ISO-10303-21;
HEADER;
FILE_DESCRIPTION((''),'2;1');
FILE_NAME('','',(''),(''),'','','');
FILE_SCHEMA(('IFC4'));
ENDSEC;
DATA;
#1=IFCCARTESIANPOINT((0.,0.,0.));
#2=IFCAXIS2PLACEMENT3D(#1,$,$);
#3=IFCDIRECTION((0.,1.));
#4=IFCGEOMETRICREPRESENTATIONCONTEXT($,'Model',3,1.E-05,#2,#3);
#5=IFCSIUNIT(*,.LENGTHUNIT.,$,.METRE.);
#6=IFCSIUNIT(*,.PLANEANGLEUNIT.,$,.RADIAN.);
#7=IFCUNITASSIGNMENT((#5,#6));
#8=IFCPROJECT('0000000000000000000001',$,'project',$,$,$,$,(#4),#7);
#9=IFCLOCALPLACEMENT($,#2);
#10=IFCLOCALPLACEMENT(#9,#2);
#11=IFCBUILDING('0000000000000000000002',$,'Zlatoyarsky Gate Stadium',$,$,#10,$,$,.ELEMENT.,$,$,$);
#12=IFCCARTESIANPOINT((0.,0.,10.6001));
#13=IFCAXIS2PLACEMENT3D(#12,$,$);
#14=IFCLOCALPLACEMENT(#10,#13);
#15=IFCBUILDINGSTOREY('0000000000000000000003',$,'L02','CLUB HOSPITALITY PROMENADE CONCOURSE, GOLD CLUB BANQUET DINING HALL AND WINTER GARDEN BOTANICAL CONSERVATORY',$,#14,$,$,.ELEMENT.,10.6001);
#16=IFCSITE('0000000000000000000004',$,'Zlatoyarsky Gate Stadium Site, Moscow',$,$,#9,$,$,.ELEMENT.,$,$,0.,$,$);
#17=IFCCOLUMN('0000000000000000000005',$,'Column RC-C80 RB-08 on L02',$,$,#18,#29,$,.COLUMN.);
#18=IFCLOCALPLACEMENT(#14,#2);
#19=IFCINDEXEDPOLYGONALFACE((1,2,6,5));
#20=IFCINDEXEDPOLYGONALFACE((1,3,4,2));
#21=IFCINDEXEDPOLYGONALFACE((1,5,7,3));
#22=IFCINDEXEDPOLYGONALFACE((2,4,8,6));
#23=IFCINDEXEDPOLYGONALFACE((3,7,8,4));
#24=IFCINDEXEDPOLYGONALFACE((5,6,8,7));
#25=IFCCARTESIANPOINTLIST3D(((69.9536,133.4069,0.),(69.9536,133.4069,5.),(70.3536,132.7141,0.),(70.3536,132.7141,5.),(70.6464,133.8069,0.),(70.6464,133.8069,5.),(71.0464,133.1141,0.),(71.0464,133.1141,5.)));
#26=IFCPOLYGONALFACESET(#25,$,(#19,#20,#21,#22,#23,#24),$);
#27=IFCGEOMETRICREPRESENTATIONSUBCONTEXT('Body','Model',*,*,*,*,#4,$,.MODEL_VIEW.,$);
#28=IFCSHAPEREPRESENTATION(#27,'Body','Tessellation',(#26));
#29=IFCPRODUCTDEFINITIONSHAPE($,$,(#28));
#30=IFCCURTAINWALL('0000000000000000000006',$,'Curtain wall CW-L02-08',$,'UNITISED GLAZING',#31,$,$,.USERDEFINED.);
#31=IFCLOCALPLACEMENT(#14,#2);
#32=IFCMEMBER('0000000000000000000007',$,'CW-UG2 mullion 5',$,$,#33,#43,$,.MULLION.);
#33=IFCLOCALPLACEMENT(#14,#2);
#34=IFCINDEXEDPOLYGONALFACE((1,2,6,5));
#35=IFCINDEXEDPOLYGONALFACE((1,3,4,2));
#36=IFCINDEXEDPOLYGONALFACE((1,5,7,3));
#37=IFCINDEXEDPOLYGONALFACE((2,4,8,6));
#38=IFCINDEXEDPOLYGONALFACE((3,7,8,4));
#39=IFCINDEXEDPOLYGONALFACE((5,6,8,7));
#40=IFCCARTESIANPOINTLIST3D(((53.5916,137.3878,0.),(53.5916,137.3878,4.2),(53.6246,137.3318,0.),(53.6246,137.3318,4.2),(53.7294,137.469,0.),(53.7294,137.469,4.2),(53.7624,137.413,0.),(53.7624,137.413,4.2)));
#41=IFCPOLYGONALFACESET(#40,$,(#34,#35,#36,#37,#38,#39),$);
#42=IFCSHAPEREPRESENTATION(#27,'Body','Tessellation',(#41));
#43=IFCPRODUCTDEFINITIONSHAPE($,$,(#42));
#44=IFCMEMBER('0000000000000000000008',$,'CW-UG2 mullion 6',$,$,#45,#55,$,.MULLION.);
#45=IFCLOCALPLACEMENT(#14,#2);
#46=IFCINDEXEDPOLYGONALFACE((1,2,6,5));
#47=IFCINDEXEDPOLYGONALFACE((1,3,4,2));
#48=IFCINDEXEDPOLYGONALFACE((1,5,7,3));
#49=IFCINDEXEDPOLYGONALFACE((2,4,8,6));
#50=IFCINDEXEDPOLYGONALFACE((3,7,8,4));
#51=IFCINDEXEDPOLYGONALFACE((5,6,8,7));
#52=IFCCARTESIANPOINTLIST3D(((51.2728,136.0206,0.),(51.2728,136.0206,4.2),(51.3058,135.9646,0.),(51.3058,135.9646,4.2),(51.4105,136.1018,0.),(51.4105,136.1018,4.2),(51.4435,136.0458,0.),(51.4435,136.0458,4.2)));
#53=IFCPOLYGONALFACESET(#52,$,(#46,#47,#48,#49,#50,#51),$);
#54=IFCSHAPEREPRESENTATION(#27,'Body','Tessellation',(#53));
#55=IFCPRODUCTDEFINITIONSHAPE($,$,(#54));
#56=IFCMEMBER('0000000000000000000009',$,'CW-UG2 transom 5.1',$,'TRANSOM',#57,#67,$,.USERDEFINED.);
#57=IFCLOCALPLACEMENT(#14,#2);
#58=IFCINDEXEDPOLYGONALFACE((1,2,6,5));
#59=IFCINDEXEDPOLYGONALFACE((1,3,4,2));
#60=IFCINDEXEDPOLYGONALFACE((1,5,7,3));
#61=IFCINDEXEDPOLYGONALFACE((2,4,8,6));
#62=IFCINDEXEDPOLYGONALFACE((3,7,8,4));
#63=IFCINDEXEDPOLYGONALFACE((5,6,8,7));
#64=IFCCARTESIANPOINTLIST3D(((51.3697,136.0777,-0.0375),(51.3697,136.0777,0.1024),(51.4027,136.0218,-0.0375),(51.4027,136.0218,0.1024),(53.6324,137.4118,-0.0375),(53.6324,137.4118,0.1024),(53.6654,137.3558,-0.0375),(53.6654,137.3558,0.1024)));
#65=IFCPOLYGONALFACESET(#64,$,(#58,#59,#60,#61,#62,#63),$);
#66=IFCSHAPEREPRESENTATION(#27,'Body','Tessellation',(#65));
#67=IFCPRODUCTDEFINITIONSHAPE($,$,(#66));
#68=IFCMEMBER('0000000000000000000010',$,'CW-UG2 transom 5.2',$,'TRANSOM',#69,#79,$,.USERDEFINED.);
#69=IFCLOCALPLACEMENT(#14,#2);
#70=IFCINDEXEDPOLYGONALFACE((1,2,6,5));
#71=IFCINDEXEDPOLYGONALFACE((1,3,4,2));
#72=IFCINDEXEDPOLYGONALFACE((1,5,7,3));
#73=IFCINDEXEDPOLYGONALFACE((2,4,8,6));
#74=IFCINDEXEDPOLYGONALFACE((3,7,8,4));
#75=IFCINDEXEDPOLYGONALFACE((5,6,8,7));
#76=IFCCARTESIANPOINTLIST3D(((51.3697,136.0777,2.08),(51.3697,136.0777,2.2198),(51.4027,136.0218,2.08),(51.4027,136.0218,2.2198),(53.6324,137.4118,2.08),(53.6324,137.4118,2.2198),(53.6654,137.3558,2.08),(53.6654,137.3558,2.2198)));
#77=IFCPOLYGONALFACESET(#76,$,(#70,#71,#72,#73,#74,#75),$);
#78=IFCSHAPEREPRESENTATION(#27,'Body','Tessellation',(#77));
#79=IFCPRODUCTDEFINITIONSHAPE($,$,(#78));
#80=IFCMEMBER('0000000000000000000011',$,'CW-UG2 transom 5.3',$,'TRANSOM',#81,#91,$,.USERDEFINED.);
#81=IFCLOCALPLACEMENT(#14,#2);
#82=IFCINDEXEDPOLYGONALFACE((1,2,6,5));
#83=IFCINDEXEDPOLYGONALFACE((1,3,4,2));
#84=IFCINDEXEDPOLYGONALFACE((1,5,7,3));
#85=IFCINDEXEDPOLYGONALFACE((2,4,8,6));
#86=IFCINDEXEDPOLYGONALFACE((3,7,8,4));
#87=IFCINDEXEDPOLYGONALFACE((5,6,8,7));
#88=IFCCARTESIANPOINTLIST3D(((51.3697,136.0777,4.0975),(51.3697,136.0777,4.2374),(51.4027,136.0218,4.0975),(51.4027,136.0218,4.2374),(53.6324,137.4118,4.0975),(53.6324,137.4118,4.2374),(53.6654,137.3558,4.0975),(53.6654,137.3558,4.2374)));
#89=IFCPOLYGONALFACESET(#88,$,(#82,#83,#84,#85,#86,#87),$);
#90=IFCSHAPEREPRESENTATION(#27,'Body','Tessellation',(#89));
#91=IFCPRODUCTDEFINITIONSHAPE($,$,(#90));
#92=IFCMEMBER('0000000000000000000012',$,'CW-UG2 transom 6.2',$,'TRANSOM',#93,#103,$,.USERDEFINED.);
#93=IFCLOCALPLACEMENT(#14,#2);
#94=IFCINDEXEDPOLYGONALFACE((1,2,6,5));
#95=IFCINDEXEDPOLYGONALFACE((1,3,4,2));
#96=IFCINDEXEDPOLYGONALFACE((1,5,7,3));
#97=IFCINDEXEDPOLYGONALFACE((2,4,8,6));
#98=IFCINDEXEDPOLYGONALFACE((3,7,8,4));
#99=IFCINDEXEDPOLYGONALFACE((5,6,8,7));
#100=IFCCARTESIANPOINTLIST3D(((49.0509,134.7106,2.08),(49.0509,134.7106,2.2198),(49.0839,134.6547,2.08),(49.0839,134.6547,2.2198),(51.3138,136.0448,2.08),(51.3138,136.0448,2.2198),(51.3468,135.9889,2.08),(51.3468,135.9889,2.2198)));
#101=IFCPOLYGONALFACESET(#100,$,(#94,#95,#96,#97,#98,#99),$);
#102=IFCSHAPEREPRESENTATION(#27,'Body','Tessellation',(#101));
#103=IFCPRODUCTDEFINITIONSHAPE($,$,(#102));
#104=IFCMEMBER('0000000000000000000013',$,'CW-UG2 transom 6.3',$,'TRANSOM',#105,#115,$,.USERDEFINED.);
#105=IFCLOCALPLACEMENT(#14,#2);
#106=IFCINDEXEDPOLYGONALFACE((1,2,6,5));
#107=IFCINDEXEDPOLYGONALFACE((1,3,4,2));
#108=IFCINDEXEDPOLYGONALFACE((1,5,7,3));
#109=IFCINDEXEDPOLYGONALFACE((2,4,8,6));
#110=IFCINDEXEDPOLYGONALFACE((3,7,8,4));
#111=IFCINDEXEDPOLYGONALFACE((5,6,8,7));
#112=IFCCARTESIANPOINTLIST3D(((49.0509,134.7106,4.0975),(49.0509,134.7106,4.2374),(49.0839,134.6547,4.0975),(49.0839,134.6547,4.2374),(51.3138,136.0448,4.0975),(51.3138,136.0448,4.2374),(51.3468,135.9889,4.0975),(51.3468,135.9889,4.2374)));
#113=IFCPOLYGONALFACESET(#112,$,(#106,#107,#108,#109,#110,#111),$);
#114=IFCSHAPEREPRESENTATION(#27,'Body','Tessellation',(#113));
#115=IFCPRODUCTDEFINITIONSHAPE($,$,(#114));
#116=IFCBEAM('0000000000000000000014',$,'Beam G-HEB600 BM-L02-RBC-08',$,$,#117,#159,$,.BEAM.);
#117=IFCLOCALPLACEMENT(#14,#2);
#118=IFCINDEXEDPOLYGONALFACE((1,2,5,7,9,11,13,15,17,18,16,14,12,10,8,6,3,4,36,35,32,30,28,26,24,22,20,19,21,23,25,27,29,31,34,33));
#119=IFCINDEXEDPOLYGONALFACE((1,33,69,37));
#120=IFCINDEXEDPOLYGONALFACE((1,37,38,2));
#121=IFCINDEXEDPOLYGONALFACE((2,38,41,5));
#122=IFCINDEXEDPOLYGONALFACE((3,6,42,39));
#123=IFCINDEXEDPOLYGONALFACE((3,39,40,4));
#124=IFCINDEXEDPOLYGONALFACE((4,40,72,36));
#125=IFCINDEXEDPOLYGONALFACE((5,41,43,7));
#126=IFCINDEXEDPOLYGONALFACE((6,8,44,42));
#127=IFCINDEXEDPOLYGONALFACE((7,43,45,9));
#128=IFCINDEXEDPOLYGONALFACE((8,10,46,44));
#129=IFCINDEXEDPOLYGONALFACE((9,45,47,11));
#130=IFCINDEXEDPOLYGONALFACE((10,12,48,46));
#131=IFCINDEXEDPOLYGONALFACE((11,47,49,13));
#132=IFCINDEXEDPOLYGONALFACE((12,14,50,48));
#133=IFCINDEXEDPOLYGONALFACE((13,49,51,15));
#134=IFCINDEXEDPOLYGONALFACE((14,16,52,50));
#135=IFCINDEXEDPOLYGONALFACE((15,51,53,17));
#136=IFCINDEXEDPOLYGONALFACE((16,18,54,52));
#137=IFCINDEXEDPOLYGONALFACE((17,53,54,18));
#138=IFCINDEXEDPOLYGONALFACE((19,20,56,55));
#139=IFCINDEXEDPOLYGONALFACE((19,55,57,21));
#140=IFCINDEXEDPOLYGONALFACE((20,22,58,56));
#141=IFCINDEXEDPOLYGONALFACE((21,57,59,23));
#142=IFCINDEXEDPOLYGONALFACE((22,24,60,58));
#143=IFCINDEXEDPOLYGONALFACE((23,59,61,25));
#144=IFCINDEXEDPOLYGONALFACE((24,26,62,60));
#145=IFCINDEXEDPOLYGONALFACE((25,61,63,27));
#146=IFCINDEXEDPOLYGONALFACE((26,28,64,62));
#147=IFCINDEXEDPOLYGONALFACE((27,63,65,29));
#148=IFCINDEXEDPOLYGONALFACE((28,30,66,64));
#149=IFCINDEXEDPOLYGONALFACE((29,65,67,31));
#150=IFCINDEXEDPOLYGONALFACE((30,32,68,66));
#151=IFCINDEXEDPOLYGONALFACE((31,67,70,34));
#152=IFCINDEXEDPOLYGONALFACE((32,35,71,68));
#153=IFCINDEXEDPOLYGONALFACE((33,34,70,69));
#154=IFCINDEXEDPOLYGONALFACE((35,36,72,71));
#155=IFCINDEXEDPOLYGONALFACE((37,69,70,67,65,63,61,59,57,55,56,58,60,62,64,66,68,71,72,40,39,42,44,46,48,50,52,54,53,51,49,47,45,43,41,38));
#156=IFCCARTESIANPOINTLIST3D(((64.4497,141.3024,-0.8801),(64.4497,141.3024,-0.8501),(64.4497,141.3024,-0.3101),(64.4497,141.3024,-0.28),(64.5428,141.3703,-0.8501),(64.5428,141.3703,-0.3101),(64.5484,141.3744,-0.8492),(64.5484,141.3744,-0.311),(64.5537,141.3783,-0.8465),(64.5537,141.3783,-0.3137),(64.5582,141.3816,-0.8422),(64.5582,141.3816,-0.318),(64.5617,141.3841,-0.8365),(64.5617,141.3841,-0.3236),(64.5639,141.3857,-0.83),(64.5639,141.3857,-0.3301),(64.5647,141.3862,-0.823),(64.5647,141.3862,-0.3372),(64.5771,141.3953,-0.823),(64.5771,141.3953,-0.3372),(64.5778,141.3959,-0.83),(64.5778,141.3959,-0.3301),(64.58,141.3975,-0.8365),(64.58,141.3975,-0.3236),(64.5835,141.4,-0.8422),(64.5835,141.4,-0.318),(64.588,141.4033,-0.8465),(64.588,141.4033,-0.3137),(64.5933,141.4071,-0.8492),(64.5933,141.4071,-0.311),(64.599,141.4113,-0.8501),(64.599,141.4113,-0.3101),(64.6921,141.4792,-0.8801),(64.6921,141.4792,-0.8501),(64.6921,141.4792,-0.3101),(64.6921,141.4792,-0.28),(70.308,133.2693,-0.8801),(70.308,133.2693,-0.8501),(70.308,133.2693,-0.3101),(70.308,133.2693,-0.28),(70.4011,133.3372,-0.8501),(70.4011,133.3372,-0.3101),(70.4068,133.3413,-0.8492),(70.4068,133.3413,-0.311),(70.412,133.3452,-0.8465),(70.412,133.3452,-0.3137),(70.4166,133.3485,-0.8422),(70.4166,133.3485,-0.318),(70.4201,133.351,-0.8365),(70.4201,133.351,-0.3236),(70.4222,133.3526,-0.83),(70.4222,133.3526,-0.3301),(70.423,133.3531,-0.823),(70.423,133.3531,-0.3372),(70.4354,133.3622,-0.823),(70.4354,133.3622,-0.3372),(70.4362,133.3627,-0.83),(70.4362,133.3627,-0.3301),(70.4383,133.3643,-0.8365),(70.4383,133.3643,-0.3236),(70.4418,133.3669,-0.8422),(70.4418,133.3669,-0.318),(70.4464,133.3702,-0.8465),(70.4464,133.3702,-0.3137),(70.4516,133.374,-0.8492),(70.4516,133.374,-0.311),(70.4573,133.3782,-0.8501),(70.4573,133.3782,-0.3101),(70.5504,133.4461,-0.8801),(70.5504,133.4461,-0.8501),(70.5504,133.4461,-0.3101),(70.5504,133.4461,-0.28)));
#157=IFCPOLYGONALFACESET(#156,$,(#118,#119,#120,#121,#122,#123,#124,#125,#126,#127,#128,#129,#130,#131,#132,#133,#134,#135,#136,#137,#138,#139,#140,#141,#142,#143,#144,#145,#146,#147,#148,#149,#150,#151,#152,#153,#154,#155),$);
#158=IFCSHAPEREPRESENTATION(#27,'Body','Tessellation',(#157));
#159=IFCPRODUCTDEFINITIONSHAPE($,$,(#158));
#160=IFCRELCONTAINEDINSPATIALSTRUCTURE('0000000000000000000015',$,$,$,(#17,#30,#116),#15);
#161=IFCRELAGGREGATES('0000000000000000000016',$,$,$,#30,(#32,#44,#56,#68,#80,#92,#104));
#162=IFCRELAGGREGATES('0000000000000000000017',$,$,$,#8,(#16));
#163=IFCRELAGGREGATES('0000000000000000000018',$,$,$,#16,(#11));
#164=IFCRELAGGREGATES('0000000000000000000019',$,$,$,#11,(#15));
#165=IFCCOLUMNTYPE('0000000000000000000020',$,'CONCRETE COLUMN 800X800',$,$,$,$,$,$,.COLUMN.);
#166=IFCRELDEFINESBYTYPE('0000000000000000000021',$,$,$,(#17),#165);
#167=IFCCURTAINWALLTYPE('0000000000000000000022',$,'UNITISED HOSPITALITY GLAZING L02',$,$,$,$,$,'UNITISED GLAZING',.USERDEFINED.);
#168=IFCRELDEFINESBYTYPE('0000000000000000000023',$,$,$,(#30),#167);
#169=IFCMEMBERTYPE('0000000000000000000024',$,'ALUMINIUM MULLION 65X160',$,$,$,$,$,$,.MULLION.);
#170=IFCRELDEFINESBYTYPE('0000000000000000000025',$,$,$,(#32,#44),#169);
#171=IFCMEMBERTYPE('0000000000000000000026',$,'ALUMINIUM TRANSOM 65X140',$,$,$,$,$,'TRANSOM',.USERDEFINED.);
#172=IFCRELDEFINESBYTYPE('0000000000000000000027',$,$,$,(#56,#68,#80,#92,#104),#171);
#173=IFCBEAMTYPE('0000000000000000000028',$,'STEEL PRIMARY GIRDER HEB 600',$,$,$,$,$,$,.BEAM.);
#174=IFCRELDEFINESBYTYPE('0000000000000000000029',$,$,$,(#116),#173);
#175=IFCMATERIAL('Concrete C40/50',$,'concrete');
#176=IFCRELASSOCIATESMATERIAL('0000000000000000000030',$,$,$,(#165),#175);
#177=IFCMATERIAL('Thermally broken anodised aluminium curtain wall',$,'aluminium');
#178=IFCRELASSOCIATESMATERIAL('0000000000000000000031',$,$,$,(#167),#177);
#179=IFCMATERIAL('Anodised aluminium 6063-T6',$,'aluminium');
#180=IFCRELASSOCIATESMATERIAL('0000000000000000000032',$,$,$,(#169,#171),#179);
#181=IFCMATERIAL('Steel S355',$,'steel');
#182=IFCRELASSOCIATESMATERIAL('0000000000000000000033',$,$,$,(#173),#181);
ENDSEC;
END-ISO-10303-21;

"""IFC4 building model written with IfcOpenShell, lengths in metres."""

from ifc_helpers import new_model, si_unit, direction, frame, origin, origin_2d, place, context, subcontext, project, spatial, rectangle, i_section, extrude, material, material_profile, profile_set, type_object, element, aggregate, save


model = new_model("IFC4")

# Units and contexts
model_context = context("Model", 3, precision=1e-05, world=origin(), true_north=direction((0.0, 1.0)))
body_context = subcontext(model_context, "Body", "Model", "MODEL_VIEW")
ifc_project = project(units=[si_unit("LENGTHUNIT", "METRE"), si_unit("PLANEANGLEUNIT", "RADIAN")], contexts=[model_context])

# Site, building, storey
site_placement = place(None, origin())
site = spatial("IfcSite", under=ifc_project, at=site_placement, Name="Zlatoyarsky Gate Stadium Site, Moscow", CompositionType="ELEMENT", RefElevation=0.0)
building_placement = place(site_placement, origin())
building = spatial("IfcBuilding", under=site, at=building_placement, Name="Zlatoyarsky Gate Stadium", CompositionType="ELEMENT")
storey_placement = place(building_placement, frame((0.0, 0.0, 10.6001)))
storey = spatial("IfcBuildingStorey", under=building, at=storey_placement, Name="L02", Description="CLUB HOSPITALITY PROMENADE CONCOURSE, GOLD CLUB BANQUET DINING HALL AND WINTER GARDEN BOTANICAL CONSERVATORY", CompositionType="ELEMENT", Elevation=10.6001)

# Column
ifc_material_1 = material(Name="Concrete C40/50", Category="concrete")
ifc_material_profile_1 = material_profile(ifc_material_1, rectangle(XDim=0.8, YDim=0.8, at=origin_2d()), Name="RC COL 800X800")
ifc_profile_set_1 = profile_set([ifc_material_profile_1], Name="Concrete C40/50")
column_type = type_object("IfcColumnType", Name="CONCRETE COLUMN 800X800", PredefinedType="COLUMN", material=ifc_profile_set_1)
column_placement = place(storey_placement, frame((70.5, 133.2605, 0.0), z_axis=(0.0, 0.0, 1.0), x_axis=(-0.5, 0.866025, 0.0)))
element("IfcColumn", 1, at=column_placement, inside=storey, type_object=column_type, Name="Column RC-C80 RB-08 on L02", PredefinedType="COLUMN", context=body_context, shape_type="SweptSolid", body=[
    extrude(rectangle(XDim=0.8, YDim=0.8, at=origin_2d()), origin(), (0.0, 0.0, 1.0), 5.0),
])

# Curtain wall, members
ifc_material_2 = material(Name="Thermally broken anodised aluminium curtain wall", Category="aluminium")
curtain_wall_type = type_object("IfcCurtainWallType", Name="UNITISED HOSPITALITY GLAZING L02", ElementType="UNITISED GLAZING", PredefinedType="USERDEFINED", material=ifc_material_2)
curtain_wall_placement = place(storey_placement, origin())
curtain_wall = element("IfcCurtainWall", 2, at=curtain_wall_placement, inside=storey, type_object=curtain_wall_type, Name="Curtain wall CW-L02-08", ObjectType="UNITISED GLAZING", PredefinedType="USERDEFINED")
ifc_material_3 = material(Name="Anodised aluminium 6063-T6", Category="aluminium")
ifc_material_profile_2 = material_profile(ifc_material_3, rectangle(XDim=0.0649, YDim=0.1599, at=origin_2d()), Name="ALU 65X160")
ifc_profile_set_2 = profile_set([ifc_material_profile_2], Name="Anodised aluminium 6063-T6")
member_type_1 = type_object("IfcMemberType", Name="ALUMINIUM MULLION 65X160", PredefinedType="MULLION", material=ifc_profile_set_2)
member_1_placement = place(storey_placement, frame((53.677, 137.4004, 0.0), z_axis=(0.0, 0.0, 1.0), x_axis=(0.507882, -0.861426, 0.0)))
member_1 = element("IfcMember", 3, at=member_1_placement, type_object=member_type_1, Name="CW-UG2 mullion 5", PredefinedType="MULLION", context=body_context, shape_type="SweptSolid", body=[
    extrude(rectangle(XDim=0.0649, YDim=0.1599, at=origin_2d()), origin(), (0.0, 0.0, 1.0), 4.2),
])
member_2_placement = place(storey_placement, frame((51.3582, 136.0332, 0.0), z_axis=(0.0, 0.0, 1.0), x_axis=(0.507882, -0.861426, 0.0)))
member_2 = element("IfcMember", 4, at=member_2_placement, type_object=member_type_1, Name="CW-UG2 mullion 6", PredefinedType="MULLION", context=body_context, shape_type="SweptSolid", body=[
    extrude(rectangle(XDim=0.0649, YDim=0.1599, at=origin_2d()), origin(), (0.0, 0.0, 1.0), 4.2),
])
ifc_material_profile_3 = material_profile(ifc_material_3, rectangle(XDim=0.0649, YDim=0.1399, at=origin_2d()), Name="ALU 65X140")
ifc_profile_set_3 = profile_set([ifc_material_profile_3], Name="Anodised aluminium 6063-T6")
member_type_2 = type_object("IfcMemberType", Name="ALUMINIUM TRANSOM 65X140", ElementType="TRANSOM", PredefinedType="USERDEFINED", material=ifc_profile_set_3)
member_3_placement = place(storey_placement, frame((53.6489, 137.3838, 0.0325), z_axis=(-0.861437, -0.507865, 0.0), x_axis=(0.507865, -0.861437, 0.0)))
member_3 = element("IfcMember", 5, at=member_3_placement, type_object=member_type_2, Name="CW-UG2 transom 5.1", ObjectType="TRANSOM", PredefinedType="USERDEFINED", context=body_context, shape_type="SweptSolid", body=[
    extrude(rectangle(XDim=0.0649, YDim=0.1399, at=origin_2d()), origin(), (0.0, 0.0, 1.0), 2.6267),
])
member_4_placement = place(storey_placement, frame((53.6489, 137.3838, 2.1499), z_axis=(-0.861437, -0.507865, 0.0), x_axis=(0.507865, -0.861437, 0.0)))
member_4 = element("IfcMember", 6, at=member_4_placement, type_object=member_type_2, Name="CW-UG2 transom 5.2", ObjectType="TRANSOM", PredefinedType="USERDEFINED", context=body_context, shape_type="SweptSolid", body=[
    extrude(rectangle(XDim=0.0649, YDim=0.1399, at=origin_2d()), origin(), (0.0, 0.0, 1.0), 2.6267),
])
member_5_placement = place(storey_placement, frame((53.6489, 137.3838, 4.1675), z_axis=(-0.861437, -0.507865, 0.0), x_axis=(0.507865, -0.861437, 0.0)))
member_5 = element("IfcMember", 7, at=member_5_placement, type_object=member_type_2, Name="CW-UG2 transom 5.3", ObjectType="TRANSOM", PredefinedType="USERDEFINED", context=body_context, shape_type="SweptSolid", body=[
    extrude(rectangle(XDim=0.0649, YDim=0.1399, at=origin_2d()), origin(), (0.0, 0.0, 1.0), 2.6267),
])
member_6_placement = place(storey_placement, frame((51.3303, 136.0168, 2.1499), z_axis=(-0.86142, -0.507893, 0.0), x_axis=(0.507893, -0.86142, 0.0)))
member_6 = element("IfcMember", 8, at=member_6_placement, type_object=member_type_2, Name="CW-UG2 transom 6.2", ObjectType="TRANSOM", PredefinedType="USERDEFINED", context=body_context, shape_type="SweptSolid", body=[
    extrude(rectangle(XDim=0.0649, YDim=0.1399, at=origin_2d()), origin(), (0.0, 0.0, 1.0), 2.627),
])
member_7_placement = place(storey_placement, frame((51.3303, 136.0168, 4.1675), z_axis=(-0.86142, -0.507893, 0.0), x_axis=(0.507893, -0.86142, 0.0)))
member_7 = element("IfcMember", 9, at=member_7_placement, type_object=member_type_2, Name="CW-UG2 transom 6.3", ObjectType="TRANSOM", PredefinedType="USERDEFINED", context=body_context, shape_type="SweptSolid", body=[
    extrude(rectangle(XDim=0.0649, YDim=0.1399, at=origin_2d()), origin(), (0.0, 0.0, 1.0), 2.627),
])

# Beam
ifc_material_4 = material(Name="Steel S355", Category="steel")
ifc_material_profile_4 = material_profile(ifc_material_4, i_section(OverallWidth=0.3, OverallDepth=0.6001, WebThickness=0.0154, FlangeThickness=0.03, FilletRadius=0.0271, at=origin_2d()), Name="HEB 600")
ifc_profile_set_4 = profile_set([ifc_material_profile_4], Name="Steel S355")
beam_type_1 = type_object("IfcBeamType", Name="STEEL PRIMARY GIRDER HEB 600", PredefinedType="BEAM", material=ifc_profile_set_4)
beam_1_placement = place(storey_placement, frame((70.4292, 133.3577, -0.5801), z_axis=(-0.589228, 0.807967, 0.0), x_axis=(-0.807967, -0.589228, 0.0)))
element("IfcBeam", 10, at=beam_1_placement, inside=storey, type_object=beam_type_1, Name="Beam G-HEB600 BM-L02-RBC-08", PredefinedType="BEAM", context=body_context, shape_type="SweptSolid", body=[
    extrude(i_section(OverallWidth=0.3, OverallDepth=0.6001, WebThickness=0.0154, FlangeThickness=0.03, FilletRadius=0.0271, at=origin_2d()), origin(), (0.0, 0.0, 1.0), 9.9424),
])

aggregate(curtain_wall, [member_1, member_2, member_3, member_4, member_5, member_6, member_7])

save(model, "model.ifc")
